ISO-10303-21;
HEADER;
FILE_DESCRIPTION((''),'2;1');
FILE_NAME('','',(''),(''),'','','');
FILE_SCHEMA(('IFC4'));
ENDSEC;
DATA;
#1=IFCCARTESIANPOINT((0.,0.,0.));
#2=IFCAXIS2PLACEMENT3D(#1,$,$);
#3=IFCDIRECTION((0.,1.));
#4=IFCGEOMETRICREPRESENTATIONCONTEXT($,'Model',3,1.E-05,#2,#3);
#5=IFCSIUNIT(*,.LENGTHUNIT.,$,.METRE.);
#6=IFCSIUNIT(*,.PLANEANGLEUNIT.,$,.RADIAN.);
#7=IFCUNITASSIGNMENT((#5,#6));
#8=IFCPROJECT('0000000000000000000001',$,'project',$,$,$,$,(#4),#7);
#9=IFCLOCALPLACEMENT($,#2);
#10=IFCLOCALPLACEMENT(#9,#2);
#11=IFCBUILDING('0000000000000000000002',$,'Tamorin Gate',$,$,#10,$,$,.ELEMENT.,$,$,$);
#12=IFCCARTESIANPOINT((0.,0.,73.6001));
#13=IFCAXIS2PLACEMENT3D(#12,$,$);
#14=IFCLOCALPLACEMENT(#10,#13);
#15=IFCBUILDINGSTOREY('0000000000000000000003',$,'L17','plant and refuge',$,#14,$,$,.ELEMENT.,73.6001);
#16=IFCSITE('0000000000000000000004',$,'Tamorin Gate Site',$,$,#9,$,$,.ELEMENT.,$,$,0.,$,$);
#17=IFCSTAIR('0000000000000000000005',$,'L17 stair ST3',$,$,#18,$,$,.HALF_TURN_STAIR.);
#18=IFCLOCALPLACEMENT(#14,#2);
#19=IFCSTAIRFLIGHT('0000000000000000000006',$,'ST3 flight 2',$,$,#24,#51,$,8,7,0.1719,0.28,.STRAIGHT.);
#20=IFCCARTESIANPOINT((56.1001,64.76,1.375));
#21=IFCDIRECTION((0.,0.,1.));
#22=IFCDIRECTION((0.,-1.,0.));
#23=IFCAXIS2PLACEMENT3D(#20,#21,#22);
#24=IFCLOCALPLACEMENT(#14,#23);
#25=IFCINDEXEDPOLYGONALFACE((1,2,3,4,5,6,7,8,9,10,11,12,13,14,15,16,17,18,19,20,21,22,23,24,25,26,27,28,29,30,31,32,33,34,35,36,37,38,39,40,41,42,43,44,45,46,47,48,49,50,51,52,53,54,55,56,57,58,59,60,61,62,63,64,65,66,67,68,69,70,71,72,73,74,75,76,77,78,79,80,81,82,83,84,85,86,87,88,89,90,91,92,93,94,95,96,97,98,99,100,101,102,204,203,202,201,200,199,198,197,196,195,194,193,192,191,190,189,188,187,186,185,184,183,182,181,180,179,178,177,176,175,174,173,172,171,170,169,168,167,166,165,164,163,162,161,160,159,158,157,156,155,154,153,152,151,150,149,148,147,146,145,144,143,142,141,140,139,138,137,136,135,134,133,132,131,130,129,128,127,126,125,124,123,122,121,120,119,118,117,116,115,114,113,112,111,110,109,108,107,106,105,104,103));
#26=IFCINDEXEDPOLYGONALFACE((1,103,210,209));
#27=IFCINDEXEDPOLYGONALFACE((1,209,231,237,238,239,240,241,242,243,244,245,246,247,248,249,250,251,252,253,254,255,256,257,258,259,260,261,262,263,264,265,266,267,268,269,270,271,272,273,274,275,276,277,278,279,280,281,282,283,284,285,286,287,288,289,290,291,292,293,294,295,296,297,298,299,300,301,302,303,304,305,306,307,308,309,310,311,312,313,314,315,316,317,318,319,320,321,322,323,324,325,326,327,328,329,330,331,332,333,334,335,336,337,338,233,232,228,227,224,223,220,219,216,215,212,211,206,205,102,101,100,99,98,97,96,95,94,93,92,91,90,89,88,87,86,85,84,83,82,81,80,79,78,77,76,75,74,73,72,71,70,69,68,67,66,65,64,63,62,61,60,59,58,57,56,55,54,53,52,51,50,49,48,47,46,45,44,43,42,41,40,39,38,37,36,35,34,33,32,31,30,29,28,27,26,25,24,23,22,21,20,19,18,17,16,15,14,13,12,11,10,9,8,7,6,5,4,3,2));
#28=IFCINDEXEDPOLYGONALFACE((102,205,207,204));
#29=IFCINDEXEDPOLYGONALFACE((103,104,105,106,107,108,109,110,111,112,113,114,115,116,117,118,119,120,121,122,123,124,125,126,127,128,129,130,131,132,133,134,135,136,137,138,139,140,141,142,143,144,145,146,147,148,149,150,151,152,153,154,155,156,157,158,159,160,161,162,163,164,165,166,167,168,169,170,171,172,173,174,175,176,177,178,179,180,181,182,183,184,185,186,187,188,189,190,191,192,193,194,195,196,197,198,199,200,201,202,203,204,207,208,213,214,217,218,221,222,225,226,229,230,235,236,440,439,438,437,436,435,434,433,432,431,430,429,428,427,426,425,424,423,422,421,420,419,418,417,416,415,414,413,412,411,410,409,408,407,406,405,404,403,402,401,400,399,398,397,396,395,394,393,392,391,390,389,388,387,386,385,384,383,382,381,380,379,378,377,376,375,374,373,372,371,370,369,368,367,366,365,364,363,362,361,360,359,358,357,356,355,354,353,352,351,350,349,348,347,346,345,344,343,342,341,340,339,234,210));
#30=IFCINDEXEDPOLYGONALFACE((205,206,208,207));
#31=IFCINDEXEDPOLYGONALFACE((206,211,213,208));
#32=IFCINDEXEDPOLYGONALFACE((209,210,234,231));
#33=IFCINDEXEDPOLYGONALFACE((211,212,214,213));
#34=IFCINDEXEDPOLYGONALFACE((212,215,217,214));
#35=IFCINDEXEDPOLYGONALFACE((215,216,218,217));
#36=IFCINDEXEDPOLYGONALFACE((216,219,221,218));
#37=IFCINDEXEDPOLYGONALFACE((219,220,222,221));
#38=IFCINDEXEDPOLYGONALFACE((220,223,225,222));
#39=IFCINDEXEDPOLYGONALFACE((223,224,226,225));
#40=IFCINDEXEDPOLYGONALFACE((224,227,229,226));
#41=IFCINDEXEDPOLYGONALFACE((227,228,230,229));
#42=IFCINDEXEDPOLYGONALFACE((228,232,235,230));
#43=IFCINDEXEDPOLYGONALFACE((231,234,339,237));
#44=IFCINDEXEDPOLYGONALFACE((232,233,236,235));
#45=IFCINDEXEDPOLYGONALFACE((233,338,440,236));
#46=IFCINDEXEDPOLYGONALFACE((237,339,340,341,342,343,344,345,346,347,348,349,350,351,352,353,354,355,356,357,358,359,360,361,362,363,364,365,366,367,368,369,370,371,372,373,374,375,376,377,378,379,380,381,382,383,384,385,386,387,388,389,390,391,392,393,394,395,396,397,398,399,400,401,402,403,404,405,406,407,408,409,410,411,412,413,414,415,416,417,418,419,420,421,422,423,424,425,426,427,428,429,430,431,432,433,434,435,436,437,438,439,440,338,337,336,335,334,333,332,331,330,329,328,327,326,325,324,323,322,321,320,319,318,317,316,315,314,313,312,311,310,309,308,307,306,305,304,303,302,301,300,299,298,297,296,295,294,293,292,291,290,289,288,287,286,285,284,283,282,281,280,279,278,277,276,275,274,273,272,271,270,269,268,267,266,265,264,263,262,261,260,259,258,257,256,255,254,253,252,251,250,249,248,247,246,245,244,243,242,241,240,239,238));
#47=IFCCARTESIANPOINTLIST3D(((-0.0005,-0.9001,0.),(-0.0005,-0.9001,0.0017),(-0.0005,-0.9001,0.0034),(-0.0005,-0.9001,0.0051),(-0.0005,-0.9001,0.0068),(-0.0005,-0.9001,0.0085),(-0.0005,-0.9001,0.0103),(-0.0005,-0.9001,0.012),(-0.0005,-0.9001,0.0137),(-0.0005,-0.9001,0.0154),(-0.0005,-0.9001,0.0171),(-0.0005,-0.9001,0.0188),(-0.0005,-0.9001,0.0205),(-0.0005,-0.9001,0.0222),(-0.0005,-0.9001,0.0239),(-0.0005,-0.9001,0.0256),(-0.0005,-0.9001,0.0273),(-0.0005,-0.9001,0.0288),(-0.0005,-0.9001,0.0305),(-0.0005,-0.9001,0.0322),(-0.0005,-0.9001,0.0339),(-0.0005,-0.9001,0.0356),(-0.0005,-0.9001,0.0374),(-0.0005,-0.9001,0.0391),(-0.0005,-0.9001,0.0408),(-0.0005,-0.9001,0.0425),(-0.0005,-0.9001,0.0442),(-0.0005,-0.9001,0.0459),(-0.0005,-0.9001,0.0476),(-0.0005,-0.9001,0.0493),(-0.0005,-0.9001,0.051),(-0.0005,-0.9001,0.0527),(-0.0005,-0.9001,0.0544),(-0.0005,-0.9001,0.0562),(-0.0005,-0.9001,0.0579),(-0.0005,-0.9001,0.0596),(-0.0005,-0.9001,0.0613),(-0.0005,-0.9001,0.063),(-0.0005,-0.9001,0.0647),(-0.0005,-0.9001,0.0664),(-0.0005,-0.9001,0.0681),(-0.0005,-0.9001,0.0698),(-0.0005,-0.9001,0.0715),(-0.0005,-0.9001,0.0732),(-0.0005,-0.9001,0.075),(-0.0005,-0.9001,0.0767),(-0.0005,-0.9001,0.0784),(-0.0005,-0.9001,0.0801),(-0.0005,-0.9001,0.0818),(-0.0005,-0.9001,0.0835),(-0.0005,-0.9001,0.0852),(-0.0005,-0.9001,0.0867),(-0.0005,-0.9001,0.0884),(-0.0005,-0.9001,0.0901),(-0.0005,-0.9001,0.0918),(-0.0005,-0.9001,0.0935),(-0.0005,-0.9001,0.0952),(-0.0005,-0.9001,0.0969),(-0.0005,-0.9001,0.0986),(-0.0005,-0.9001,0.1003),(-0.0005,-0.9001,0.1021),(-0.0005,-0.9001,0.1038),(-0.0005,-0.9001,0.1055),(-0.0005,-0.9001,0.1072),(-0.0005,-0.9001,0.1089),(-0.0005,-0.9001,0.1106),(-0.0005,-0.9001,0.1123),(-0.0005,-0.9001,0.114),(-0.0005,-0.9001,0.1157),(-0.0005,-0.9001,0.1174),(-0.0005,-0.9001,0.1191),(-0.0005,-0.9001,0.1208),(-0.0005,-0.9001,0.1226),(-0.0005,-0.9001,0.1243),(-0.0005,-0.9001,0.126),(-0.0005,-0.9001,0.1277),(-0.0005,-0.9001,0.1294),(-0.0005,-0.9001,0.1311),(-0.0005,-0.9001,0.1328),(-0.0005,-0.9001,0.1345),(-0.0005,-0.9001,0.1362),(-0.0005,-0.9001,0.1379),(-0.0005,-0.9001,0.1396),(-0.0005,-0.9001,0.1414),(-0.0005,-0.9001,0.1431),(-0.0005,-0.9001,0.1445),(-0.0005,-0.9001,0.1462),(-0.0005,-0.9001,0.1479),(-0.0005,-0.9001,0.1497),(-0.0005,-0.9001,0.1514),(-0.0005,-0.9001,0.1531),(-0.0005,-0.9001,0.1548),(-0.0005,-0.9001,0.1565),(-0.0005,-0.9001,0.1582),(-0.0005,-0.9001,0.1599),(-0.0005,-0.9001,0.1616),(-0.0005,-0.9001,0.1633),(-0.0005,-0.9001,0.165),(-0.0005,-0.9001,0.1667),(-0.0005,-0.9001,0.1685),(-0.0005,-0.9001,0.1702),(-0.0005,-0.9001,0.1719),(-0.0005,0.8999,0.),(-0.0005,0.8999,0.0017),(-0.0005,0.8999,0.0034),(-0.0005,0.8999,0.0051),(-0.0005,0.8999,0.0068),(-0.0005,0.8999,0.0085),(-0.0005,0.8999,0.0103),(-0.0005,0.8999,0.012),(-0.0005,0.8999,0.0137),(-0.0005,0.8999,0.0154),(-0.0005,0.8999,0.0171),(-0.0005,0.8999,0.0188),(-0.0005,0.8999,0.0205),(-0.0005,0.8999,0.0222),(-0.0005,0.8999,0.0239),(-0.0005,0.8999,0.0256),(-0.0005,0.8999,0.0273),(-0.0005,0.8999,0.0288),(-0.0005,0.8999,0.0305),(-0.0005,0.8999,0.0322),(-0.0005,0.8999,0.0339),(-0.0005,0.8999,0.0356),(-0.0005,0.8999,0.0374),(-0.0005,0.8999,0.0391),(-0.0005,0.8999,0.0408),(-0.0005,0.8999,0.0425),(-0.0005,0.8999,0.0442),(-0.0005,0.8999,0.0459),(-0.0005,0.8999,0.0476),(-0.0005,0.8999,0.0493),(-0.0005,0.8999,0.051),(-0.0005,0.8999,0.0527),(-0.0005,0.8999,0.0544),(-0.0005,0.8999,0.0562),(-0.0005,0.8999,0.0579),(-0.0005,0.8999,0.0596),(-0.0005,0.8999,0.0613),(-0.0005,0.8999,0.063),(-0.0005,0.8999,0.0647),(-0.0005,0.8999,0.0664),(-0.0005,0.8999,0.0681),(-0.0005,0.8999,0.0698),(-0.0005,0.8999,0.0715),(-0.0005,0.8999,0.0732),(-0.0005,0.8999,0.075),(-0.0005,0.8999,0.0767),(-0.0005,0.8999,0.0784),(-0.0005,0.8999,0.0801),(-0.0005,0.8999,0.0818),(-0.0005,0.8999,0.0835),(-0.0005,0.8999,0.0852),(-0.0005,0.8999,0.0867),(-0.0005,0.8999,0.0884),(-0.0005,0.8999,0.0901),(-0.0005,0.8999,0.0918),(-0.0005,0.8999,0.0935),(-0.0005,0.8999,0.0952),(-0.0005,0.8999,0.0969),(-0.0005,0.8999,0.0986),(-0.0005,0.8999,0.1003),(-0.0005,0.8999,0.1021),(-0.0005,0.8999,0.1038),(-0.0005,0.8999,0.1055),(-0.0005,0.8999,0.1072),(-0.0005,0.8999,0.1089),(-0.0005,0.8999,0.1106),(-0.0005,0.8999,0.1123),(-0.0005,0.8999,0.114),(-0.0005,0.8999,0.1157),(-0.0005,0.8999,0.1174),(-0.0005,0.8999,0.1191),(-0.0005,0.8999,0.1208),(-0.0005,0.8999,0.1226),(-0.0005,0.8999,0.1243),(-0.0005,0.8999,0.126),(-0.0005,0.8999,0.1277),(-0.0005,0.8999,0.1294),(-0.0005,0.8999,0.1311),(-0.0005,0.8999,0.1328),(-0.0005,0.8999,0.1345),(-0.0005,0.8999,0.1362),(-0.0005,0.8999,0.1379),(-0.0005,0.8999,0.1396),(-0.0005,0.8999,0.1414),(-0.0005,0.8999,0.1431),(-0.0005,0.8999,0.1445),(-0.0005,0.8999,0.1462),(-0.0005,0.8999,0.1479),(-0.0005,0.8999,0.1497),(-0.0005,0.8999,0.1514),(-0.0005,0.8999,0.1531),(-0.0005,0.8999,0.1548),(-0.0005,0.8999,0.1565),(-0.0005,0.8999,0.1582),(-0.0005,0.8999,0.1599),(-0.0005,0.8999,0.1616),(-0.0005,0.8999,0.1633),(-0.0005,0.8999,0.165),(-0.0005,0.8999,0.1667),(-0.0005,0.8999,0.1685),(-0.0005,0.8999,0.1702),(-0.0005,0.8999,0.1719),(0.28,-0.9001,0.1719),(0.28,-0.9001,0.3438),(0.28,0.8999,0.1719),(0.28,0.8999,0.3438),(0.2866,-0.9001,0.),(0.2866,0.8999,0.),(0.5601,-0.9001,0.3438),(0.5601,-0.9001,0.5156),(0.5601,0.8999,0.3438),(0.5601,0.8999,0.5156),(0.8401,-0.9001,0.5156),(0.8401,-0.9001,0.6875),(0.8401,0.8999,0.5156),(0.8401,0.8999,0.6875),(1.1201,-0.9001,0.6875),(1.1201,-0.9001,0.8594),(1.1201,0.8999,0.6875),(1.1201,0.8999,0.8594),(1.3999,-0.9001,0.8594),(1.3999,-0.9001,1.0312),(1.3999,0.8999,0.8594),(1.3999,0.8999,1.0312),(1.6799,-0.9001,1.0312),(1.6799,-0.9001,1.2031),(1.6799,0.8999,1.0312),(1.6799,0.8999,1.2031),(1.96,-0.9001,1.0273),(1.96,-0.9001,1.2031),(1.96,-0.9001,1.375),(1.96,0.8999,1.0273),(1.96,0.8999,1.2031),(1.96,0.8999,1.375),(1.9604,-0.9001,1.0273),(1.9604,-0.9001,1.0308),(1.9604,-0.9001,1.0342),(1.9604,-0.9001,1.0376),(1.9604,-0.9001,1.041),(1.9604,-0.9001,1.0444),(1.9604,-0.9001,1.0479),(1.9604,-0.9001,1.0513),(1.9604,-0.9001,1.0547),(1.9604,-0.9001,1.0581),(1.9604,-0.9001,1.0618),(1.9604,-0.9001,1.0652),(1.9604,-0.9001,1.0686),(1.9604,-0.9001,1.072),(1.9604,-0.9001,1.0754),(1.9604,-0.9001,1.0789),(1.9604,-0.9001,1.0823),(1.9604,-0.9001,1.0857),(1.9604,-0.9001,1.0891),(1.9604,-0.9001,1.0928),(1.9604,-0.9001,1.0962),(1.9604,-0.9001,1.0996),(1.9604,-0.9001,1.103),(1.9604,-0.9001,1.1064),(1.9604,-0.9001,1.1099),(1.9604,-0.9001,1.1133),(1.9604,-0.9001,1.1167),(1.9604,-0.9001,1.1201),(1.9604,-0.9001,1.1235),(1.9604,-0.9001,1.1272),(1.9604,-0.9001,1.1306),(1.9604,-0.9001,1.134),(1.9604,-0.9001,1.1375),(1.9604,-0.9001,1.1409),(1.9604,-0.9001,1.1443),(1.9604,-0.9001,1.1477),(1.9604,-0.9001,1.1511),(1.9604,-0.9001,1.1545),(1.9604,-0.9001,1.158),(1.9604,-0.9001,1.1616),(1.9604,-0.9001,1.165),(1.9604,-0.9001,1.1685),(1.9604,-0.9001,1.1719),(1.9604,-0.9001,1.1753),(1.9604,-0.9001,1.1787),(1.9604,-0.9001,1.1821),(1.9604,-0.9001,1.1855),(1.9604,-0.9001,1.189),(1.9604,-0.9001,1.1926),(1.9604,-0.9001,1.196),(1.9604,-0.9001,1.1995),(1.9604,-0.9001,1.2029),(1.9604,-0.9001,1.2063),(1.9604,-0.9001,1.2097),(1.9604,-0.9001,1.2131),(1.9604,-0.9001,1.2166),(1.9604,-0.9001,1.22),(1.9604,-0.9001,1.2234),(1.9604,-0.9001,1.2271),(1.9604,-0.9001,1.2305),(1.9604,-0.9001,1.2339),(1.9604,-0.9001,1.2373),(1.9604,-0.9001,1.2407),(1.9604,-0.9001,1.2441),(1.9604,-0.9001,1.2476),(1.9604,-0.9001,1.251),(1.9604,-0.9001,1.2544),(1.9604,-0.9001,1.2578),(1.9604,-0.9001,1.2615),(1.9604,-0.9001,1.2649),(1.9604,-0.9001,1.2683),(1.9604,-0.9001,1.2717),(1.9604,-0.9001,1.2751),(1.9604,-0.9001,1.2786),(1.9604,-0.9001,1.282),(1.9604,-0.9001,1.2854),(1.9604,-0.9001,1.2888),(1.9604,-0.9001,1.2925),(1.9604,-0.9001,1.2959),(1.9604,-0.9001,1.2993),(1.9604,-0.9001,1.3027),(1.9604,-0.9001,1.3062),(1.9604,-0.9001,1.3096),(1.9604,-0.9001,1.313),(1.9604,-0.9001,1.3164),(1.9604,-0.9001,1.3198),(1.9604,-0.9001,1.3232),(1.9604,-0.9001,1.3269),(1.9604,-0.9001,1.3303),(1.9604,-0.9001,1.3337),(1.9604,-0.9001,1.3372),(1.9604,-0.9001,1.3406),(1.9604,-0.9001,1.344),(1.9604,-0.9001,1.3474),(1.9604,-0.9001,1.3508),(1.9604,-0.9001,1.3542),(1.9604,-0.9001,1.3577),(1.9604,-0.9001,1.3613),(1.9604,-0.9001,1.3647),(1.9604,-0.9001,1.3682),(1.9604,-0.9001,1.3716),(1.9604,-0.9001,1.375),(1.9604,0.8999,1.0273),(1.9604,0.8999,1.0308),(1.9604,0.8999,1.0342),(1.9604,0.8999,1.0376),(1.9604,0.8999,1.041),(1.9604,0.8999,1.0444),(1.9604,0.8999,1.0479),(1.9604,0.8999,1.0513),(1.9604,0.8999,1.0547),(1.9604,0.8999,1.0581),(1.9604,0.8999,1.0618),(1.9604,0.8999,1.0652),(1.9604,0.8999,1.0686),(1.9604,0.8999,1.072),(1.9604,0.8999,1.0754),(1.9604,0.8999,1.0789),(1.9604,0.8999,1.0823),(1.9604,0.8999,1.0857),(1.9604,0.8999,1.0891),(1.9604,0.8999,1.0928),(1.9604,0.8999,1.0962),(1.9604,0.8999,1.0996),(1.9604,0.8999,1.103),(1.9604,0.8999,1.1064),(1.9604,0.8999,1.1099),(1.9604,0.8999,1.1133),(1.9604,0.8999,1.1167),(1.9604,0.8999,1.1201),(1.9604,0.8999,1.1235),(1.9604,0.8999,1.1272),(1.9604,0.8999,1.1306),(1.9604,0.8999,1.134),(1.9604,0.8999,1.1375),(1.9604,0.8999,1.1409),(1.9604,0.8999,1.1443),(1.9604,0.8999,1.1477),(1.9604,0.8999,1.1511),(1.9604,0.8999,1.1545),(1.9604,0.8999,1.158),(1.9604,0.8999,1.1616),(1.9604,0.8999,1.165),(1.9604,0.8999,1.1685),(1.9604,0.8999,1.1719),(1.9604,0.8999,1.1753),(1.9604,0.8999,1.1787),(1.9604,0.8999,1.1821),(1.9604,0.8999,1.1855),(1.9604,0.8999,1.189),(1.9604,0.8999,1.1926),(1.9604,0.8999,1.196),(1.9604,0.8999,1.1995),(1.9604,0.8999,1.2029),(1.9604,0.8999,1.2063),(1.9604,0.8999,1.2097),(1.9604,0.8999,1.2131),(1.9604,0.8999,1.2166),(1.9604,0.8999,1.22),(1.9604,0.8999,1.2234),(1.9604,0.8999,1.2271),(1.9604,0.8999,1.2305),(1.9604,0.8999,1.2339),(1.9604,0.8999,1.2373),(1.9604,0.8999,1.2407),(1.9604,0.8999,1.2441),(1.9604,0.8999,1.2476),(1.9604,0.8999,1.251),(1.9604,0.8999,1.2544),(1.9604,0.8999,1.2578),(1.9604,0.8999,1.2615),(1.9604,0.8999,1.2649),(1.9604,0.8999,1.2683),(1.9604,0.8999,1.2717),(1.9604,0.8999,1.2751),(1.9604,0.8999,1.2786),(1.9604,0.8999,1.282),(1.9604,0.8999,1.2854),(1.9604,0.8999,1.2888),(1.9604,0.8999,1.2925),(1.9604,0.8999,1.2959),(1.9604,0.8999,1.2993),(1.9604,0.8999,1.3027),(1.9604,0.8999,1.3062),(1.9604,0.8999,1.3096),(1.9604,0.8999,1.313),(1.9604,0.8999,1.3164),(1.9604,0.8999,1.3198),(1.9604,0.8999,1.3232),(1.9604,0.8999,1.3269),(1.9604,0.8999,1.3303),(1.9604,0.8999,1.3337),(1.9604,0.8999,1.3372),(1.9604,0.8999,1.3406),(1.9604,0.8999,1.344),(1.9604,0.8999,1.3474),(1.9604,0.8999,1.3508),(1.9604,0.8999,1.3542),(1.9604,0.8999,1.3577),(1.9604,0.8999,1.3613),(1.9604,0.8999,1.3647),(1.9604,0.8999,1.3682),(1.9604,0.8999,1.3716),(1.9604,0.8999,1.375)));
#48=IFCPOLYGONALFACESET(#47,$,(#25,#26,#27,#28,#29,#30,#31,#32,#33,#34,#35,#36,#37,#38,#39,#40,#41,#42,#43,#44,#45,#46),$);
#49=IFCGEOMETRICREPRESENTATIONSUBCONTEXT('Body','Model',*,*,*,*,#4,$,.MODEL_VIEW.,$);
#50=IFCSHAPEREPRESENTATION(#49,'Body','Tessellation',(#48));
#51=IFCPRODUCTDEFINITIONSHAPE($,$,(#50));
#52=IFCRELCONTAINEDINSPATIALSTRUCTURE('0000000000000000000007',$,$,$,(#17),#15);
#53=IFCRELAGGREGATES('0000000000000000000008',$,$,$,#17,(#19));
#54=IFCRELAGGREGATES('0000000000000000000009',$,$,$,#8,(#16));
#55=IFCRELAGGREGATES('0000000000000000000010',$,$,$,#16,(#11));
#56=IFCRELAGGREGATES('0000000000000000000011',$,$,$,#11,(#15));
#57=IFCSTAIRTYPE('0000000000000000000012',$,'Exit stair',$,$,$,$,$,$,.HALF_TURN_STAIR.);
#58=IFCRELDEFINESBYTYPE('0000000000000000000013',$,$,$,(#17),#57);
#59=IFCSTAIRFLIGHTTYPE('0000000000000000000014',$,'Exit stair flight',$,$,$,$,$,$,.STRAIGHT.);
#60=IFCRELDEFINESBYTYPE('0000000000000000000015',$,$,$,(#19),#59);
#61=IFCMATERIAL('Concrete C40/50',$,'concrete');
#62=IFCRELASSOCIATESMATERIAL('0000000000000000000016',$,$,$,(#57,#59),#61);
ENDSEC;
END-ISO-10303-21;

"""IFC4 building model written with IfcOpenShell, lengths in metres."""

from ifc_helpers import new_model, si_unit, direction, frame, origin, place, context, subcontext, project, spatial, polyline, outline, extrude, material, type_object, element, aggregate, save


model = new_model("IFC4")

# Units and contexts
model_context = context("Model", 3, precision=1e-05, world=origin(), true_north=direction((0.0, 1.0)))
body_context = subcontext(model_context, "Body", "Model", "MODEL_VIEW")
ifc_project = project(units=[si_unit("LENGTHUNIT", "METRE"), si_unit("PLANEANGLEUNIT", "RADIAN")], contexts=[model_context])

# Site, building, storey
site_placement = place(None, origin())
site = spatial("IfcSite", under=ifc_project, at=site_placement, Name="Tamorin Gate Site", CompositionType="ELEMENT", RefElevation=0.0)
building_placement = place(site_placement, origin())
building = spatial("IfcBuilding", under=site, at=building_placement, Name="Tamorin Gate", CompositionType="ELEMENT")
storey_placement = place(building_placement, frame((0.0, 0.0, 73.6001)))
storey = spatial("IfcBuildingStorey", under=building, at=storey_placement, Name="L17", Description="plant and refuge", CompositionType="ELEMENT", Elevation=73.6001)

# Shared definitions
ifc_material_1 = material(Name="Concrete C40/50", Category="concrete")

# Stair, stair flight
stair_type = type_object("IfcStairType", Name="Exit stair", PredefinedType="HALF_TURN_STAIR", material=ifc_material_1)
stair_placement = place(storey_placement, origin())
stair = element("IfcStair", 1, at=stair_placement, inside=storey, type_object=stair_type, Name="L17 stair ST3", PredefinedType="HALF_TURN_STAIR")
stair_flight_type = type_object("IfcStairFlightType", Name="Exit stair flight", PredefinedType="STRAIGHT", material=ifc_material_1)
stair_flight_1_placement = place(storey_placement, frame((56.1001, 64.76, 1.375), z_axis=(0.0, 0.0, 1.0), x_axis=(0.0, -1.0, 0.0)))
stair_flight_1 = element("IfcStairFlight", 2, at=stair_flight_1_placement, type_object=stair_flight_type, Name="ST3 flight 2", NumberOfRisers=8, NumberOfTreads=7, PredefinedType="STRAIGHT", RiserHeight=0.1719, TreadLength=0.28, context=body_context, shape_type="SweptSolid", body=[
    extrude(outline(polyline([(-0.0005, 0.0), (-0.0005, 0.0017), (-0.0005, 0.0034), (-0.0005, 0.0051), (-0.0005, 0.0068), (-0.0005, 0.0085), (-0.0005, 0.0103), (-0.0005, 0.012), (-0.0005, 0.0137), (-0.0005, 0.0154), (-0.0005, 0.0171), (-0.0005, 0.0188), (-0.0005, 0.0205), (-0.0005, 0.0222), (-0.0005, 0.0239), (-0.0005, 0.0256), (-0.0005, 0.0273), (-0.0005, 0.0288), (-0.0005, 0.0305), (-0.0005, 0.0322), (-0.0005, 0.0339), (-0.0005, 0.0356), (-0.0005, 0.0374), (-0.0005, 0.0391), (-0.0005, 0.0408), (-0.0005, 0.0425), (-0.0005, 0.0442), (-0.0005, 0.0459), (-0.0005, 0.0476), (-0.0005, 0.0493), (-0.0005, 0.051), (-0.0005, 0.0527), (-0.0005, 0.0544), (-0.0005, 0.0562), (-0.0005, 0.0579), (-0.0005, 0.0596), (-0.0005, 0.0613), (-0.0005, 0.063), (-0.0005, 0.0647), (-0.0005, 0.0664), (-0.0005, 0.0681), (-0.0005, 0.0698), (-0.0005, 0.0715), (-0.0005, 0.0732), (-0.0005, 0.075), (-0.0005, 0.0767), (-0.0005, 0.0784), (-0.0005, 0.0801), (-0.0005, 0.0818), (-0.0005, 0.0835), (-0.0005, 0.0852), (-0.0005, 0.0867), (-0.0005, 0.0884), (-0.0005, 0.0901), (-0.0005, 0.0918), (-0.0005, 0.0935), (-0.0005, 0.0952), (-0.0005, 0.0969), (-0.0005, 0.0986), (-0.0005, 0.1003), (-0.0005, 0.1021), (-0.0005, 0.1038), (-0.0005, 0.1055), (-0.0005, 0.1072), (-0.0005, 0.1089), (-0.0005, 0.1106), (-0.0005, 0.1123), (-0.0005, 0.114), (-0.0005, 0.1157), (-0.0005, 0.1174), (-0.0005, 0.1191), (-0.0005, 0.1208), (-0.0005, 0.1226), (-0.0005, 0.1243), (-0.0005, 0.126), (-0.0005, 0.1277), (-0.0005, 0.1294), (-0.0005, 0.1311), (-0.0005, 0.1328), (-0.0005, 0.1345), (-0.0005, 0.1362), (-0.0005, 0.1379), (-0.0005, 0.1396), (-0.0005, 0.1414), (-0.0005, 0.1431), (-0.0005, 0.1445), (-0.0005, 0.1462), (-0.0005, 0.1479), (-0.0005, 0.1497), (-0.0005, 0.1514), (-0.0005, 0.1531), (-0.0005, 0.1548), (-0.0005, 0.1565), (-0.0005, 0.1582), (-0.0005, 0.1599), (-0.0005, 0.1616), (-0.0005, 0.1633), (-0.0005, 0.165), (-0.0005, 0.1667), (-0.0005, 0.1685), (-0.0005, 0.1702), (-0.0005, 0.1719), (0.28, 0.1719), (0.28, 0.3438), (0.5601, 0.3438), (0.5601, 0.5156), (0.8401, 0.5156), (0.8401, 0.6875), (1.1201, 0.6875), (1.1201, 0.8594), (1.3999, 0.8594), (1.3999, 1.0312), (1.6799, 1.0312), (1.6799, 1.2031), (1.96, 1.2031), (1.96, 1.375), (1.9604, 1.375), (1.9604, 1.3716), (1.9604, 1.3682), (1.9604, 1.3647), (1.9604, 1.3613), (1.9604, 1.3577), (1.9604, 1.3542), (1.9604, 1.3508), (1.9604, 1.3474), (1.9604, 1.344), (1.9604, 1.3406), (1.9604, 1.3372), (1.9604, 1.3337), (1.9604, 1.3303), (1.9604, 1.3269), (1.9604, 1.3232), (1.9604, 1.3198), (1.9604, 1.3164), (1.9604, 1.313), (1.9604, 1.3096), (1.9604, 1.3062), (1.9604, 1.3027), (1.9604, 1.2993), (1.9604, 1.2959), (1.9604, 1.2925), (1.9604, 1.2888), (1.9604, 1.2854), (1.9604, 1.282), (1.9604, 1.2786), (1.9604, 1.2751), (1.9604, 1.2717), (1.9604, 1.2683), (1.9604, 1.2649), (1.9604, 1.2615), (1.9604, 1.2578), (1.9604, 1.2544), (1.9604, 1.251), (1.9604, 1.2476), (1.9604, 1.2441), (1.9604, 1.2407), (1.9604, 1.2373), (1.9604, 1.2339), (1.9604, 1.2305), (1.9604, 1.2271), (1.9604, 1.2234), (1.9604, 1.22), (1.9604, 1.2166), (1.9604, 1.2131), (1.9604, 1.2097), (1.9604, 1.2063), (1.9604, 1.2029), (1.9604, 1.1995), (1.9604, 1.196), (1.9604, 1.1926), (1.9604, 1.189), (1.9604, 1.1855), (1.9604, 1.1821), (1.9604, 1.1787), (1.9604, 1.1753), (1.9604, 1.1719), (1.9604, 1.1685), (1.9604, 1.165), (1.9604, 1.1616), (1.9604, 1.158), (1.9604, 1.1545), (1.9604, 1.1511), (1.9604, 1.1477), (1.9604, 1.1443), (1.9604, 1.1409), (1.9604, 1.1375), (1.9604, 1.134), (1.9604, 1.1306), (1.9604, 1.1272), (1.9604, 1.1235), (1.9604, 1.1201), (1.9604, 1.1167), (1.9604, 1.1133), (1.9604, 1.1099), (1.9604, 1.1064), (1.9604, 1.103), (1.9604, 1.0996), (1.9604, 1.0962), (1.9604, 1.0928), (1.9604, 1.0891), (1.9604, 1.0857), (1.9604, 1.0823), (1.9604, 1.0789), (1.9604, 1.0754), (1.9604, 1.072), (1.9604, 1.0686), (1.9604, 1.0652), (1.9604, 1.0618), (1.9604, 1.0581), (1.9604, 1.0547), (1.9604, 1.0513), (1.9604, 1.0479), (1.9604, 1.0444), (1.9604, 1.041), (1.9604, 1.0376), (1.9604, 1.0342), (1.9604, 1.0308), (1.9604, 1.0273), (1.96, 1.0273), (0.2866, 0.0), (-0.0005, 0.0)])), frame((0.0, 0.8999, 0.0), z_axis=(0.0, -1.0, 0.0), x_axis=(1.0, 0.0, 0.0)), (0.0, 0.0, 1.0), 1.8),
])
aggregate(stair, [stair_flight_1])

save(model, "model.ifc")
